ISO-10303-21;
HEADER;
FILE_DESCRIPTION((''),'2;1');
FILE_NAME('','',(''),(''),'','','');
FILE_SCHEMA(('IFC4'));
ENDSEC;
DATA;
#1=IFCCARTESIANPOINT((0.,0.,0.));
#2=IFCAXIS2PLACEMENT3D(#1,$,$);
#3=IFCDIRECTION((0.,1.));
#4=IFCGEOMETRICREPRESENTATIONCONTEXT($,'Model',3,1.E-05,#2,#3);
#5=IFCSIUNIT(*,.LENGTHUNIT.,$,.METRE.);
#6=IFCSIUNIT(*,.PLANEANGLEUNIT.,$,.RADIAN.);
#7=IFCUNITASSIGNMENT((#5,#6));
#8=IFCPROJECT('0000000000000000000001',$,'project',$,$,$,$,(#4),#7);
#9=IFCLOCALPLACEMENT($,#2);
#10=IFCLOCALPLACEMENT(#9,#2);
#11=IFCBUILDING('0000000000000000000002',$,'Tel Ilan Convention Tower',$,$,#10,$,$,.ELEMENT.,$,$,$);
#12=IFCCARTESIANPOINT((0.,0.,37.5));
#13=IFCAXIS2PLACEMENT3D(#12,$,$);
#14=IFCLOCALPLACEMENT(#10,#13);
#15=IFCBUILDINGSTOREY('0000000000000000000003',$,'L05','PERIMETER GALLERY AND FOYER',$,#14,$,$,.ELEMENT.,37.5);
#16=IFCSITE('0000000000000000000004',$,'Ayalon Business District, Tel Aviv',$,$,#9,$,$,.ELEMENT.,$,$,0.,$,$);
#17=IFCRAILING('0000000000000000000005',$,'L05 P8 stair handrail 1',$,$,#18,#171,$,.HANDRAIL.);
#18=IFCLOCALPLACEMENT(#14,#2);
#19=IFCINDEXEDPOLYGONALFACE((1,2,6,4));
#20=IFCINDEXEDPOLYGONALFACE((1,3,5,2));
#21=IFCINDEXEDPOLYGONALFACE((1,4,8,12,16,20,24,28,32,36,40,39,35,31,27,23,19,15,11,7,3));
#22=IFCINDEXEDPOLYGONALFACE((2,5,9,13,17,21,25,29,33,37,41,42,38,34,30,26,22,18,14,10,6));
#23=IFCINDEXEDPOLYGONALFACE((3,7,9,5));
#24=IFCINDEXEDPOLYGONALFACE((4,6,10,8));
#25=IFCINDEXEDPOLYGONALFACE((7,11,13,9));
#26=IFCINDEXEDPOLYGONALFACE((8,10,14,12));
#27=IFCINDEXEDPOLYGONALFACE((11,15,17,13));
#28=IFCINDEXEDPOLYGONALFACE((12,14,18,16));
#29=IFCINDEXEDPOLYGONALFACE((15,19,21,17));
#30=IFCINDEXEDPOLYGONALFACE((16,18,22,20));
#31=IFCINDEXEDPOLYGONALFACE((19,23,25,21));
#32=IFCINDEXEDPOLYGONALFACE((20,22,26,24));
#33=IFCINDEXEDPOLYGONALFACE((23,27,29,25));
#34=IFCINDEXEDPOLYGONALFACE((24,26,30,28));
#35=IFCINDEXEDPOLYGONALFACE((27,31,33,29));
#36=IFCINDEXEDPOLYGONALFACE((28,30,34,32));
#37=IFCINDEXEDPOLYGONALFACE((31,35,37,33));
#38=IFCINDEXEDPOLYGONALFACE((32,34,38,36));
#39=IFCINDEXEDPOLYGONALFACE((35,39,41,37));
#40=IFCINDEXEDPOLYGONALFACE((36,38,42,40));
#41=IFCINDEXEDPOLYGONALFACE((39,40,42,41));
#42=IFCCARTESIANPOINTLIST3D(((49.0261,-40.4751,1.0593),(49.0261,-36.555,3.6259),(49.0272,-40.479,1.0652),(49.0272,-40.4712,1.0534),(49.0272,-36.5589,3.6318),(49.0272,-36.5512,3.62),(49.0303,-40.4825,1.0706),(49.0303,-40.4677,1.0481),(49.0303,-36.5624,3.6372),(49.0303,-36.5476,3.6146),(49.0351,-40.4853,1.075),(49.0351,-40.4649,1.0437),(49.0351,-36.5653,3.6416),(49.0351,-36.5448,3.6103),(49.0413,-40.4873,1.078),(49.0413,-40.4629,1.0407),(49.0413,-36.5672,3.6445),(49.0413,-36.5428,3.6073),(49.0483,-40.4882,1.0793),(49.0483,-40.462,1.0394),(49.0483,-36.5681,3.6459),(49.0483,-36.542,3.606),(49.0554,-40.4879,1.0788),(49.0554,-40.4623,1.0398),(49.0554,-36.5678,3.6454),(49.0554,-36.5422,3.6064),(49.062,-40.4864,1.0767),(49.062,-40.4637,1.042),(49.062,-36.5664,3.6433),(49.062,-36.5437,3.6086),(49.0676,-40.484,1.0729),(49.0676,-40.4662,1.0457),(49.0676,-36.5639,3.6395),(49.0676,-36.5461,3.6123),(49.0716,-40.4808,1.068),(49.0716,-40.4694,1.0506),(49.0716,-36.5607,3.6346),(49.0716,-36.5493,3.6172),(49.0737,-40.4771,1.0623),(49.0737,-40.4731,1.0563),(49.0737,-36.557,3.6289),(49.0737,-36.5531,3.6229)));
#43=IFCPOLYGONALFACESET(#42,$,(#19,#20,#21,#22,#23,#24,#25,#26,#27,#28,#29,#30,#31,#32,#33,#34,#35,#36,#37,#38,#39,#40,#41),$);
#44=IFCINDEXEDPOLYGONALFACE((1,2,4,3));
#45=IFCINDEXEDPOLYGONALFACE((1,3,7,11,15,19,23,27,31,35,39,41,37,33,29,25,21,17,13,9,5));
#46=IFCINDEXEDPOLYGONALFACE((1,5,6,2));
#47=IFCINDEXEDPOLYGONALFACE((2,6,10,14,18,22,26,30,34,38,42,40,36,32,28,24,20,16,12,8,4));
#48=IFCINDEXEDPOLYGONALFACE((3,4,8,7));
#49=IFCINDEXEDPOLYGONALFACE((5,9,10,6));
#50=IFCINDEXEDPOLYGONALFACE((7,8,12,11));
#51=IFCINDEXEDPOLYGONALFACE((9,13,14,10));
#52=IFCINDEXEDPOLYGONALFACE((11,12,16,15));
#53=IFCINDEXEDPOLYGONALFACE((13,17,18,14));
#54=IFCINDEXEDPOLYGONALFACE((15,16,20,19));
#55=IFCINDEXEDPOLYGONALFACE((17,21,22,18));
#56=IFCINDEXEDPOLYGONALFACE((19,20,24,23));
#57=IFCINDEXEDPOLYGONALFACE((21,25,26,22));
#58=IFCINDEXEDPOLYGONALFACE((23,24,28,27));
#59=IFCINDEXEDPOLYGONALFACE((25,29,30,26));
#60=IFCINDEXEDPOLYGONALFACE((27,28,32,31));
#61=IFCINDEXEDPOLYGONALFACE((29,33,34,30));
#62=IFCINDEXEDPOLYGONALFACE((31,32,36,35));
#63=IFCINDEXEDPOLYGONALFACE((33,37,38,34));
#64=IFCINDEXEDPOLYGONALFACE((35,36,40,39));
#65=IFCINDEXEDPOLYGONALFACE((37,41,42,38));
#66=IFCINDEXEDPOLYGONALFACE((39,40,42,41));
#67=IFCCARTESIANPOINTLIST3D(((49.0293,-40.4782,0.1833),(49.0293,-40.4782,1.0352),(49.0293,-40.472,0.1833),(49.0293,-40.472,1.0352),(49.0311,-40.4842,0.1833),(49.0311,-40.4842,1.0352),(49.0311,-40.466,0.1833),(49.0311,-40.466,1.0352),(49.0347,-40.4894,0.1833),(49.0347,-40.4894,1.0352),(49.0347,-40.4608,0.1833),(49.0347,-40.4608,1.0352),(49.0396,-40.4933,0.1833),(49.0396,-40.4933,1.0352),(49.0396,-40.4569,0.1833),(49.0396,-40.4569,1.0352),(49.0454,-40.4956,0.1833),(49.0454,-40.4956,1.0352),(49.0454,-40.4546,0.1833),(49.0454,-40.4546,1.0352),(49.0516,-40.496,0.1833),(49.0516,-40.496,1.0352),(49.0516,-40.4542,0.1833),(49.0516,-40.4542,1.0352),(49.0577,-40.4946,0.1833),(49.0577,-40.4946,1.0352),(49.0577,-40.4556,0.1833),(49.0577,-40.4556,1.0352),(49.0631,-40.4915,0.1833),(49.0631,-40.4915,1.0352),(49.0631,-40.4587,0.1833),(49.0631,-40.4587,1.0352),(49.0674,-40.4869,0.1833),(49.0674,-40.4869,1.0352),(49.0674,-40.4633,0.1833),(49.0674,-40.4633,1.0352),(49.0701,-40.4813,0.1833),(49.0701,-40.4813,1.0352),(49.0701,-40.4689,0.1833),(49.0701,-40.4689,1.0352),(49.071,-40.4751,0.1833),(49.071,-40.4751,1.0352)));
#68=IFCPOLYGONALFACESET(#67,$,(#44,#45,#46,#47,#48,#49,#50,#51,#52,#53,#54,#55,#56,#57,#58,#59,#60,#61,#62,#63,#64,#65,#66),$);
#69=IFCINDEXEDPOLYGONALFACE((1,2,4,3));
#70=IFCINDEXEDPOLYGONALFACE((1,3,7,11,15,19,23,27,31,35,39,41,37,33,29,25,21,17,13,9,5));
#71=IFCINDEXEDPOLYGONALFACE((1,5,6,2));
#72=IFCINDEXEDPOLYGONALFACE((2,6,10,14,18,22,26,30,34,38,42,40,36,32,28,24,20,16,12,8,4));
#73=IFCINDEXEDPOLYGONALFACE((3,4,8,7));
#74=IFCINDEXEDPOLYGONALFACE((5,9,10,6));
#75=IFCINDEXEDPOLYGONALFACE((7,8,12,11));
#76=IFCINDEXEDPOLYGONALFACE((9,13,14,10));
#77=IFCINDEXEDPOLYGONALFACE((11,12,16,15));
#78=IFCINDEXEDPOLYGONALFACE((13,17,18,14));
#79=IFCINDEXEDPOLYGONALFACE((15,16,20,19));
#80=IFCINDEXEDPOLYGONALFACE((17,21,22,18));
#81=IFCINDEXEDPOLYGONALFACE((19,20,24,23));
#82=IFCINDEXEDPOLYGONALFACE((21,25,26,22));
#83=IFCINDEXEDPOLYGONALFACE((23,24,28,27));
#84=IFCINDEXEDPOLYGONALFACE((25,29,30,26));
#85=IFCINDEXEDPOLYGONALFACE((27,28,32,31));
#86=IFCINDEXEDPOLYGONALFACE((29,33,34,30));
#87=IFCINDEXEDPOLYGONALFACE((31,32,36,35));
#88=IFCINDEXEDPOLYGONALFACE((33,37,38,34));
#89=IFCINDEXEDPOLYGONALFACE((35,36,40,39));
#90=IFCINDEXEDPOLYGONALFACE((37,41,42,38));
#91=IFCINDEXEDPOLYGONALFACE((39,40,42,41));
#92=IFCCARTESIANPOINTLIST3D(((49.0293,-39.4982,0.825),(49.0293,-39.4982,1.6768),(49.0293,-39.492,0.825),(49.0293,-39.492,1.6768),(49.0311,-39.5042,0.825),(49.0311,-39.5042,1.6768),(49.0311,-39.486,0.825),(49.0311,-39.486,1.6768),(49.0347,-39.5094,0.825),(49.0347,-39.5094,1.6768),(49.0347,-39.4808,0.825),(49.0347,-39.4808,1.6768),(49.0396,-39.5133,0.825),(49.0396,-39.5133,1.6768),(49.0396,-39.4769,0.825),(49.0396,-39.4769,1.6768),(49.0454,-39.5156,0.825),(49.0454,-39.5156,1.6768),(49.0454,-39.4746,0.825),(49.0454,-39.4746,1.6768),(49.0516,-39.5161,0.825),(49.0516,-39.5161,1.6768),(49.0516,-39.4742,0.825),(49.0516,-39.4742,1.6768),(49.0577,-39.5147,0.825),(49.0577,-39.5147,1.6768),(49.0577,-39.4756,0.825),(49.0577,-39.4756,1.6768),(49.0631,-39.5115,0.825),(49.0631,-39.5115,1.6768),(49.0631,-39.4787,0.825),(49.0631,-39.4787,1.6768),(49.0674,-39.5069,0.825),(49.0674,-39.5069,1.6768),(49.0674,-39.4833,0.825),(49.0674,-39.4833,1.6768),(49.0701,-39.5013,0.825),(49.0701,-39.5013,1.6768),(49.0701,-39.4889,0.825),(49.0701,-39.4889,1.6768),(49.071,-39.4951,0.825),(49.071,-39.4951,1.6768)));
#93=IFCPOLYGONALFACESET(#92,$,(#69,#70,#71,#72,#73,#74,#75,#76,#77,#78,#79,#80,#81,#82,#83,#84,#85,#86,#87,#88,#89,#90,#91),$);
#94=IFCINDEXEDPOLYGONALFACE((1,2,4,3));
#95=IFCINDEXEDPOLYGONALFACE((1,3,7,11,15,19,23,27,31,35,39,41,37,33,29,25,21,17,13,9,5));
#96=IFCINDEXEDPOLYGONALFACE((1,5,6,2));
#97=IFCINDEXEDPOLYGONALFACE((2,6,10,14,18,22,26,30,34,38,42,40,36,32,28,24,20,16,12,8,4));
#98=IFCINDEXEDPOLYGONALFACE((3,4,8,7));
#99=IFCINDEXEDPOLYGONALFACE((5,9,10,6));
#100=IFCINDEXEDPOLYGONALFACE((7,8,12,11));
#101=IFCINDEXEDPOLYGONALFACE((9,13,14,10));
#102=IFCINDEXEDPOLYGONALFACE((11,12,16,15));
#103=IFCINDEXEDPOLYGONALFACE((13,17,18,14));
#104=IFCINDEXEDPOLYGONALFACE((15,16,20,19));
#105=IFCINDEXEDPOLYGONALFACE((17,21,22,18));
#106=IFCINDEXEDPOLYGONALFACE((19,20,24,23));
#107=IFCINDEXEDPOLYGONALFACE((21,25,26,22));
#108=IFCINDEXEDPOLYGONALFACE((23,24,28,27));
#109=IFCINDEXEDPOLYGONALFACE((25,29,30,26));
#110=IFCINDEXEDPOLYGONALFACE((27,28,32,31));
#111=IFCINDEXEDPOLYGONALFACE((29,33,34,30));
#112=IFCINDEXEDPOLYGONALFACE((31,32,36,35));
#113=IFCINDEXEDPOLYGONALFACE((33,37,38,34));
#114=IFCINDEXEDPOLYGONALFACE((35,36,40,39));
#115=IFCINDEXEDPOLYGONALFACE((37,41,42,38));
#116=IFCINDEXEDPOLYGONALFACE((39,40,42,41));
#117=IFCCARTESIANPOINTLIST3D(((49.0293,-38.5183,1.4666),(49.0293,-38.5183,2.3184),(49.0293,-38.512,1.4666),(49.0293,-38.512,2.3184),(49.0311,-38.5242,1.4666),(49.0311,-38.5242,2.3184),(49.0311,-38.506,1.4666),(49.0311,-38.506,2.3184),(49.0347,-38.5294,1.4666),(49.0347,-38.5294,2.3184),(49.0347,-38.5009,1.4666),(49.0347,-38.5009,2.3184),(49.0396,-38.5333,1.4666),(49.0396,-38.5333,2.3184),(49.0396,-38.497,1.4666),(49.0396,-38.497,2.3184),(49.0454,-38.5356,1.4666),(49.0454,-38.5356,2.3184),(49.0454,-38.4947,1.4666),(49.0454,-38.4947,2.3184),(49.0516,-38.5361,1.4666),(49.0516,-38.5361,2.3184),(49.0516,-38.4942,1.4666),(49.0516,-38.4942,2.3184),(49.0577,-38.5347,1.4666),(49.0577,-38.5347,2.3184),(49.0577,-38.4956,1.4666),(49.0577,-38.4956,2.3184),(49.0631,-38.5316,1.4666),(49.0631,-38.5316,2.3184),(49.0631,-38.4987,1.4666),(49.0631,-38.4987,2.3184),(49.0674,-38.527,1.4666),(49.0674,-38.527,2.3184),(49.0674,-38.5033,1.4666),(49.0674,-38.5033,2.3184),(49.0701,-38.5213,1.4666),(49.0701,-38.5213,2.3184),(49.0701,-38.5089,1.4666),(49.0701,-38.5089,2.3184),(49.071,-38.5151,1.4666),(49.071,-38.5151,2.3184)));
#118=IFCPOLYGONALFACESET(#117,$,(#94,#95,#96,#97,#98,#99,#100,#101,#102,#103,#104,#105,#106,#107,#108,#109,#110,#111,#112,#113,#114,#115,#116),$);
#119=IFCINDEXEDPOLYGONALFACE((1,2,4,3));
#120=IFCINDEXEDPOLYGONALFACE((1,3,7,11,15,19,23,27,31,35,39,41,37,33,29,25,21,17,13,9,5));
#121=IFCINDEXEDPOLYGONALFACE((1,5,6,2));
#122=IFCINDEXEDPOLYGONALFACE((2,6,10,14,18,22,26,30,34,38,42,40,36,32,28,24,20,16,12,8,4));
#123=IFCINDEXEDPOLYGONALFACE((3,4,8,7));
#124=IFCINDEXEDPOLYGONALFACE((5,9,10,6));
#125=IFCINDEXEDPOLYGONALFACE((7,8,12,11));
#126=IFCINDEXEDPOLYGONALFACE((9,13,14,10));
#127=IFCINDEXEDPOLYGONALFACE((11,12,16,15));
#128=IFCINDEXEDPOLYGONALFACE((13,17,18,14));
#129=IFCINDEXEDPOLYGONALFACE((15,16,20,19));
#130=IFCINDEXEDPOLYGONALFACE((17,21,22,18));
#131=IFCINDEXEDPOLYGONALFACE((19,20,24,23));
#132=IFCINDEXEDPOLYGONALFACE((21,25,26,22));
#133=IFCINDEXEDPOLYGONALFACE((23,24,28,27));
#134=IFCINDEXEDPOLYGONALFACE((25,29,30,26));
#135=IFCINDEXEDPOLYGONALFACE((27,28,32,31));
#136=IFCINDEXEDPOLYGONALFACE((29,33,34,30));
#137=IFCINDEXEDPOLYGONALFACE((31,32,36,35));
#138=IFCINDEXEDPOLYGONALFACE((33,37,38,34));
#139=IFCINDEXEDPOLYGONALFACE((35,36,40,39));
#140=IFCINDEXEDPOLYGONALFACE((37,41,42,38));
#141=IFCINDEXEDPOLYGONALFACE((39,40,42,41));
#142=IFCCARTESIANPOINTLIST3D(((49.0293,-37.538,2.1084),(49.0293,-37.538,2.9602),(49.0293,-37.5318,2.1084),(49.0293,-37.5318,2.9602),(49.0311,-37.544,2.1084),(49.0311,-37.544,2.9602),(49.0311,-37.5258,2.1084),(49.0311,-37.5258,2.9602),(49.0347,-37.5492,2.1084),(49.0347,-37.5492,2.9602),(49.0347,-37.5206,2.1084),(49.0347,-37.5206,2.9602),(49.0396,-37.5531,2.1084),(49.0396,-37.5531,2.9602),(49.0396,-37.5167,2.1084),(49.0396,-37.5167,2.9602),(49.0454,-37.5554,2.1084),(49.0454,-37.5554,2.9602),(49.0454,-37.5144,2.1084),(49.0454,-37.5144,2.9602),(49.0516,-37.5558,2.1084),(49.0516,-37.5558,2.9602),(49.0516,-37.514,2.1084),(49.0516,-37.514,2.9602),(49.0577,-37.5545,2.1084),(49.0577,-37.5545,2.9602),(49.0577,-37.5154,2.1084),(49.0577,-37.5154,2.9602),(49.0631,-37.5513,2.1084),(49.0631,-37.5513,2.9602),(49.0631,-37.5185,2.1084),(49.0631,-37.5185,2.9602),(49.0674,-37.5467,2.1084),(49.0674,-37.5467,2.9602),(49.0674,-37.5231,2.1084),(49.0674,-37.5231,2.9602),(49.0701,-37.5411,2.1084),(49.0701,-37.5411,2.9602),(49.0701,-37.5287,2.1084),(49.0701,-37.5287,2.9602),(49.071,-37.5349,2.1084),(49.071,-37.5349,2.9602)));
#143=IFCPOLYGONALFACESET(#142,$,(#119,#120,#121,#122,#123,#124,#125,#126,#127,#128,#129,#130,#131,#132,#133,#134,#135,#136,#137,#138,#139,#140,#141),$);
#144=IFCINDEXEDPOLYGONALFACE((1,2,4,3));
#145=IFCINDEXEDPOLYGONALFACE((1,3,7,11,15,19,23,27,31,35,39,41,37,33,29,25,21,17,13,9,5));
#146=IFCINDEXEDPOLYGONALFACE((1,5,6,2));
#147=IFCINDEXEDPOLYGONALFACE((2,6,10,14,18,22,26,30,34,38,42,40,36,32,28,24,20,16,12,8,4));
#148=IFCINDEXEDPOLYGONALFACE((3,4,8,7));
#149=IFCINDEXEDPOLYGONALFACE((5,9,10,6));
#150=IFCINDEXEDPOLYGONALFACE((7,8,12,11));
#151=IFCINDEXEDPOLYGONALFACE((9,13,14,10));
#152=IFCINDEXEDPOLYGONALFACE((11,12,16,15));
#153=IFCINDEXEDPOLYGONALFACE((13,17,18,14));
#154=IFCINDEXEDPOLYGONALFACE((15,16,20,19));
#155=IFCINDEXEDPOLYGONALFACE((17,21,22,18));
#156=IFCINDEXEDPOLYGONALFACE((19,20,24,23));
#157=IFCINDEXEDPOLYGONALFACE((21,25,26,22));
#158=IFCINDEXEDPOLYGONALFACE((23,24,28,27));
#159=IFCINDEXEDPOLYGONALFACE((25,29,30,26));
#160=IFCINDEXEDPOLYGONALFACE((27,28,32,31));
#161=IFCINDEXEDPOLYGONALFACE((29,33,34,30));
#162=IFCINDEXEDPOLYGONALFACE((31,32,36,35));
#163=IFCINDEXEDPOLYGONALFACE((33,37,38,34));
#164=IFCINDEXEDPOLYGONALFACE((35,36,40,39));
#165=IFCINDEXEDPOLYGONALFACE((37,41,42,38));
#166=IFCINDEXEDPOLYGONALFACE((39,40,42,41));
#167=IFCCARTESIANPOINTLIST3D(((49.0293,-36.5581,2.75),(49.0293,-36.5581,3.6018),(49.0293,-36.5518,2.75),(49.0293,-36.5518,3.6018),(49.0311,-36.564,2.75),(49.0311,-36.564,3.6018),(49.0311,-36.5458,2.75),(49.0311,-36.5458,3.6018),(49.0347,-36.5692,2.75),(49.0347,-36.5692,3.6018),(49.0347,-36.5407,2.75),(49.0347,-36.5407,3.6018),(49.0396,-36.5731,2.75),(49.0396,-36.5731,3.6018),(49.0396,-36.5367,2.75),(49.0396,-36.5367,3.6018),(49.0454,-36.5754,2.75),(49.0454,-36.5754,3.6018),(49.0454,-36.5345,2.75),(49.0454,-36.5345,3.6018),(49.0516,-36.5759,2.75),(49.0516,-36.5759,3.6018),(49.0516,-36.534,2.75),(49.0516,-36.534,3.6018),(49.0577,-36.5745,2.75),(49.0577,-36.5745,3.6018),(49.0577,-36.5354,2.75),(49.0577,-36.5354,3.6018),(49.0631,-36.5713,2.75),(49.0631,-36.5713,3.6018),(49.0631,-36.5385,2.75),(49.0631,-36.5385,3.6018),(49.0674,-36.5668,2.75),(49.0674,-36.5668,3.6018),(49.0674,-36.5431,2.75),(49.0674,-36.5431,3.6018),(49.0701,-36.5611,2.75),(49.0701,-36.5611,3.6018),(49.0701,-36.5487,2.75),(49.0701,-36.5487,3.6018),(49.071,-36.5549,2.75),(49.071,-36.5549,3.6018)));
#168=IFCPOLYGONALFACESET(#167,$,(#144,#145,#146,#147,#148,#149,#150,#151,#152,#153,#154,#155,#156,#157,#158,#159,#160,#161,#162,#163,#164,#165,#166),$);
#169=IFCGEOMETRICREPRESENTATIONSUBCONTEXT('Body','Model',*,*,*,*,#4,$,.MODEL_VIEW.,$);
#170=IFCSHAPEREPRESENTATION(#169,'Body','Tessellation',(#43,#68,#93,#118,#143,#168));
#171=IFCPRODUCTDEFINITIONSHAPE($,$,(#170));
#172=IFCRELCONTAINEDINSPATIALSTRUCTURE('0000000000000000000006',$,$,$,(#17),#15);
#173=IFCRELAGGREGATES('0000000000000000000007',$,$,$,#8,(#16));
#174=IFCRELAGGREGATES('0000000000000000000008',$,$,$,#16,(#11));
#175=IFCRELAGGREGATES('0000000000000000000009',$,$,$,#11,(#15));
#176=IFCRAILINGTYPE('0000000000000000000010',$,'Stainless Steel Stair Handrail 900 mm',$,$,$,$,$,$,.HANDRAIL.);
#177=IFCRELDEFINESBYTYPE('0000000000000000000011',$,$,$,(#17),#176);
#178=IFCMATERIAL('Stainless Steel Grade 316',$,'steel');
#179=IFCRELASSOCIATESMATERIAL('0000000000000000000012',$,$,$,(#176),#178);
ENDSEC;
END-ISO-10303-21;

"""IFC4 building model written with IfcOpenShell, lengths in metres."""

from ifc_helpers import new_model, si_unit, direction, frame, origin, origin_2d, place, context, subcontext, project, spatial, circle, extrude, material, type_object, element, save


model = new_model("IFC4")

# Units and contexts
model_context = context("Model", 3, precision=1e-05, world=origin(), true_north=direction((0.0, 1.0)))
body_context = subcontext(model_context, "Body", "Model", "MODEL_VIEW")
ifc_project = project(units=[si_unit("LENGTHUNIT", "METRE"), si_unit("PLANEANGLEUNIT", "RADIAN")], contexts=[model_context])

# Site, building, storey
site_placement = place(None, origin())
site = spatial("IfcSite", under=ifc_project, at=site_placement, Name="Ayalon Business District, Tel Aviv", CompositionType="ELEMENT", RefElevation=0.0)
building_placement = place(site_placement, origin())
building = spatial("IfcBuilding", under=site, at=building_placement, Name="Tel Ilan Convention Tower", CompositionType="ELEMENT")
storey_placement = place(building_placement, frame((0.0, 0.0, 37.5)))
storey = spatial("IfcBuildingStorey", under=building, at=storey_placement, Name="L05", Description="PERIMETER GALLERY AND FOYER", CompositionType="ELEMENT", Elevation=37.5)

# Railing
ifc_material_1 = material(Name="Stainless Steel Grade 316", Category="steel")
railing_type_1 = type_object("IfcRailingType", Name="Stainless Steel Stair Handrail 900 mm", PredefinedType="HANDRAIL", material=ifc_material_1)
railing_1_placement = place(storey_placement, frame((49.05, -40.4751, 0.1833)))
element("IfcRailing", 1, at=railing_1_placement, inside=storey, type_object=railing_type_1, Name="L05 P8 stair handrail 1", PredefinedType="HANDRAIL", context=body_context, shape_type="SweptSolid", body=[
    extrude(circle(Radius=0.0239, at=origin_2d()), frame((0.0, 0.0, 0.876), z_axis=(0.0, 0.836631, 0.547767), x_axis=(-1.0, 0.0, 0.0)), (0.0, 0.0, 1.0), 4.6855),
    extrude(circle(Radius=0.021, at=origin_2d()), origin(), (0.0, 0.0, 1.0), 0.8518),
    extrude(circle(Radius=0.021, at=origin_2d()), frame((0.0, 0.98, 0.6416)), (0.0, 0.0, 1.0), 0.8518),
    extrude(circle(Radius=0.021, at=origin_2d()), frame((0.0, 1.96, 1.2832)), (0.0, 0.0, 1.0), 0.8518),
    extrude(circle(Radius=0.021, at=origin_2d()), frame((0.0, 2.9402, 1.925)), (0.0, 0.0, 1.0), 0.8518),
    extrude(circle(Radius=0.021, at=origin_2d()), frame((0.0, 3.9202, 2.5667)), (0.0, 0.0, 1.0), 0.8518),
])

save(model, "model.ifc")
